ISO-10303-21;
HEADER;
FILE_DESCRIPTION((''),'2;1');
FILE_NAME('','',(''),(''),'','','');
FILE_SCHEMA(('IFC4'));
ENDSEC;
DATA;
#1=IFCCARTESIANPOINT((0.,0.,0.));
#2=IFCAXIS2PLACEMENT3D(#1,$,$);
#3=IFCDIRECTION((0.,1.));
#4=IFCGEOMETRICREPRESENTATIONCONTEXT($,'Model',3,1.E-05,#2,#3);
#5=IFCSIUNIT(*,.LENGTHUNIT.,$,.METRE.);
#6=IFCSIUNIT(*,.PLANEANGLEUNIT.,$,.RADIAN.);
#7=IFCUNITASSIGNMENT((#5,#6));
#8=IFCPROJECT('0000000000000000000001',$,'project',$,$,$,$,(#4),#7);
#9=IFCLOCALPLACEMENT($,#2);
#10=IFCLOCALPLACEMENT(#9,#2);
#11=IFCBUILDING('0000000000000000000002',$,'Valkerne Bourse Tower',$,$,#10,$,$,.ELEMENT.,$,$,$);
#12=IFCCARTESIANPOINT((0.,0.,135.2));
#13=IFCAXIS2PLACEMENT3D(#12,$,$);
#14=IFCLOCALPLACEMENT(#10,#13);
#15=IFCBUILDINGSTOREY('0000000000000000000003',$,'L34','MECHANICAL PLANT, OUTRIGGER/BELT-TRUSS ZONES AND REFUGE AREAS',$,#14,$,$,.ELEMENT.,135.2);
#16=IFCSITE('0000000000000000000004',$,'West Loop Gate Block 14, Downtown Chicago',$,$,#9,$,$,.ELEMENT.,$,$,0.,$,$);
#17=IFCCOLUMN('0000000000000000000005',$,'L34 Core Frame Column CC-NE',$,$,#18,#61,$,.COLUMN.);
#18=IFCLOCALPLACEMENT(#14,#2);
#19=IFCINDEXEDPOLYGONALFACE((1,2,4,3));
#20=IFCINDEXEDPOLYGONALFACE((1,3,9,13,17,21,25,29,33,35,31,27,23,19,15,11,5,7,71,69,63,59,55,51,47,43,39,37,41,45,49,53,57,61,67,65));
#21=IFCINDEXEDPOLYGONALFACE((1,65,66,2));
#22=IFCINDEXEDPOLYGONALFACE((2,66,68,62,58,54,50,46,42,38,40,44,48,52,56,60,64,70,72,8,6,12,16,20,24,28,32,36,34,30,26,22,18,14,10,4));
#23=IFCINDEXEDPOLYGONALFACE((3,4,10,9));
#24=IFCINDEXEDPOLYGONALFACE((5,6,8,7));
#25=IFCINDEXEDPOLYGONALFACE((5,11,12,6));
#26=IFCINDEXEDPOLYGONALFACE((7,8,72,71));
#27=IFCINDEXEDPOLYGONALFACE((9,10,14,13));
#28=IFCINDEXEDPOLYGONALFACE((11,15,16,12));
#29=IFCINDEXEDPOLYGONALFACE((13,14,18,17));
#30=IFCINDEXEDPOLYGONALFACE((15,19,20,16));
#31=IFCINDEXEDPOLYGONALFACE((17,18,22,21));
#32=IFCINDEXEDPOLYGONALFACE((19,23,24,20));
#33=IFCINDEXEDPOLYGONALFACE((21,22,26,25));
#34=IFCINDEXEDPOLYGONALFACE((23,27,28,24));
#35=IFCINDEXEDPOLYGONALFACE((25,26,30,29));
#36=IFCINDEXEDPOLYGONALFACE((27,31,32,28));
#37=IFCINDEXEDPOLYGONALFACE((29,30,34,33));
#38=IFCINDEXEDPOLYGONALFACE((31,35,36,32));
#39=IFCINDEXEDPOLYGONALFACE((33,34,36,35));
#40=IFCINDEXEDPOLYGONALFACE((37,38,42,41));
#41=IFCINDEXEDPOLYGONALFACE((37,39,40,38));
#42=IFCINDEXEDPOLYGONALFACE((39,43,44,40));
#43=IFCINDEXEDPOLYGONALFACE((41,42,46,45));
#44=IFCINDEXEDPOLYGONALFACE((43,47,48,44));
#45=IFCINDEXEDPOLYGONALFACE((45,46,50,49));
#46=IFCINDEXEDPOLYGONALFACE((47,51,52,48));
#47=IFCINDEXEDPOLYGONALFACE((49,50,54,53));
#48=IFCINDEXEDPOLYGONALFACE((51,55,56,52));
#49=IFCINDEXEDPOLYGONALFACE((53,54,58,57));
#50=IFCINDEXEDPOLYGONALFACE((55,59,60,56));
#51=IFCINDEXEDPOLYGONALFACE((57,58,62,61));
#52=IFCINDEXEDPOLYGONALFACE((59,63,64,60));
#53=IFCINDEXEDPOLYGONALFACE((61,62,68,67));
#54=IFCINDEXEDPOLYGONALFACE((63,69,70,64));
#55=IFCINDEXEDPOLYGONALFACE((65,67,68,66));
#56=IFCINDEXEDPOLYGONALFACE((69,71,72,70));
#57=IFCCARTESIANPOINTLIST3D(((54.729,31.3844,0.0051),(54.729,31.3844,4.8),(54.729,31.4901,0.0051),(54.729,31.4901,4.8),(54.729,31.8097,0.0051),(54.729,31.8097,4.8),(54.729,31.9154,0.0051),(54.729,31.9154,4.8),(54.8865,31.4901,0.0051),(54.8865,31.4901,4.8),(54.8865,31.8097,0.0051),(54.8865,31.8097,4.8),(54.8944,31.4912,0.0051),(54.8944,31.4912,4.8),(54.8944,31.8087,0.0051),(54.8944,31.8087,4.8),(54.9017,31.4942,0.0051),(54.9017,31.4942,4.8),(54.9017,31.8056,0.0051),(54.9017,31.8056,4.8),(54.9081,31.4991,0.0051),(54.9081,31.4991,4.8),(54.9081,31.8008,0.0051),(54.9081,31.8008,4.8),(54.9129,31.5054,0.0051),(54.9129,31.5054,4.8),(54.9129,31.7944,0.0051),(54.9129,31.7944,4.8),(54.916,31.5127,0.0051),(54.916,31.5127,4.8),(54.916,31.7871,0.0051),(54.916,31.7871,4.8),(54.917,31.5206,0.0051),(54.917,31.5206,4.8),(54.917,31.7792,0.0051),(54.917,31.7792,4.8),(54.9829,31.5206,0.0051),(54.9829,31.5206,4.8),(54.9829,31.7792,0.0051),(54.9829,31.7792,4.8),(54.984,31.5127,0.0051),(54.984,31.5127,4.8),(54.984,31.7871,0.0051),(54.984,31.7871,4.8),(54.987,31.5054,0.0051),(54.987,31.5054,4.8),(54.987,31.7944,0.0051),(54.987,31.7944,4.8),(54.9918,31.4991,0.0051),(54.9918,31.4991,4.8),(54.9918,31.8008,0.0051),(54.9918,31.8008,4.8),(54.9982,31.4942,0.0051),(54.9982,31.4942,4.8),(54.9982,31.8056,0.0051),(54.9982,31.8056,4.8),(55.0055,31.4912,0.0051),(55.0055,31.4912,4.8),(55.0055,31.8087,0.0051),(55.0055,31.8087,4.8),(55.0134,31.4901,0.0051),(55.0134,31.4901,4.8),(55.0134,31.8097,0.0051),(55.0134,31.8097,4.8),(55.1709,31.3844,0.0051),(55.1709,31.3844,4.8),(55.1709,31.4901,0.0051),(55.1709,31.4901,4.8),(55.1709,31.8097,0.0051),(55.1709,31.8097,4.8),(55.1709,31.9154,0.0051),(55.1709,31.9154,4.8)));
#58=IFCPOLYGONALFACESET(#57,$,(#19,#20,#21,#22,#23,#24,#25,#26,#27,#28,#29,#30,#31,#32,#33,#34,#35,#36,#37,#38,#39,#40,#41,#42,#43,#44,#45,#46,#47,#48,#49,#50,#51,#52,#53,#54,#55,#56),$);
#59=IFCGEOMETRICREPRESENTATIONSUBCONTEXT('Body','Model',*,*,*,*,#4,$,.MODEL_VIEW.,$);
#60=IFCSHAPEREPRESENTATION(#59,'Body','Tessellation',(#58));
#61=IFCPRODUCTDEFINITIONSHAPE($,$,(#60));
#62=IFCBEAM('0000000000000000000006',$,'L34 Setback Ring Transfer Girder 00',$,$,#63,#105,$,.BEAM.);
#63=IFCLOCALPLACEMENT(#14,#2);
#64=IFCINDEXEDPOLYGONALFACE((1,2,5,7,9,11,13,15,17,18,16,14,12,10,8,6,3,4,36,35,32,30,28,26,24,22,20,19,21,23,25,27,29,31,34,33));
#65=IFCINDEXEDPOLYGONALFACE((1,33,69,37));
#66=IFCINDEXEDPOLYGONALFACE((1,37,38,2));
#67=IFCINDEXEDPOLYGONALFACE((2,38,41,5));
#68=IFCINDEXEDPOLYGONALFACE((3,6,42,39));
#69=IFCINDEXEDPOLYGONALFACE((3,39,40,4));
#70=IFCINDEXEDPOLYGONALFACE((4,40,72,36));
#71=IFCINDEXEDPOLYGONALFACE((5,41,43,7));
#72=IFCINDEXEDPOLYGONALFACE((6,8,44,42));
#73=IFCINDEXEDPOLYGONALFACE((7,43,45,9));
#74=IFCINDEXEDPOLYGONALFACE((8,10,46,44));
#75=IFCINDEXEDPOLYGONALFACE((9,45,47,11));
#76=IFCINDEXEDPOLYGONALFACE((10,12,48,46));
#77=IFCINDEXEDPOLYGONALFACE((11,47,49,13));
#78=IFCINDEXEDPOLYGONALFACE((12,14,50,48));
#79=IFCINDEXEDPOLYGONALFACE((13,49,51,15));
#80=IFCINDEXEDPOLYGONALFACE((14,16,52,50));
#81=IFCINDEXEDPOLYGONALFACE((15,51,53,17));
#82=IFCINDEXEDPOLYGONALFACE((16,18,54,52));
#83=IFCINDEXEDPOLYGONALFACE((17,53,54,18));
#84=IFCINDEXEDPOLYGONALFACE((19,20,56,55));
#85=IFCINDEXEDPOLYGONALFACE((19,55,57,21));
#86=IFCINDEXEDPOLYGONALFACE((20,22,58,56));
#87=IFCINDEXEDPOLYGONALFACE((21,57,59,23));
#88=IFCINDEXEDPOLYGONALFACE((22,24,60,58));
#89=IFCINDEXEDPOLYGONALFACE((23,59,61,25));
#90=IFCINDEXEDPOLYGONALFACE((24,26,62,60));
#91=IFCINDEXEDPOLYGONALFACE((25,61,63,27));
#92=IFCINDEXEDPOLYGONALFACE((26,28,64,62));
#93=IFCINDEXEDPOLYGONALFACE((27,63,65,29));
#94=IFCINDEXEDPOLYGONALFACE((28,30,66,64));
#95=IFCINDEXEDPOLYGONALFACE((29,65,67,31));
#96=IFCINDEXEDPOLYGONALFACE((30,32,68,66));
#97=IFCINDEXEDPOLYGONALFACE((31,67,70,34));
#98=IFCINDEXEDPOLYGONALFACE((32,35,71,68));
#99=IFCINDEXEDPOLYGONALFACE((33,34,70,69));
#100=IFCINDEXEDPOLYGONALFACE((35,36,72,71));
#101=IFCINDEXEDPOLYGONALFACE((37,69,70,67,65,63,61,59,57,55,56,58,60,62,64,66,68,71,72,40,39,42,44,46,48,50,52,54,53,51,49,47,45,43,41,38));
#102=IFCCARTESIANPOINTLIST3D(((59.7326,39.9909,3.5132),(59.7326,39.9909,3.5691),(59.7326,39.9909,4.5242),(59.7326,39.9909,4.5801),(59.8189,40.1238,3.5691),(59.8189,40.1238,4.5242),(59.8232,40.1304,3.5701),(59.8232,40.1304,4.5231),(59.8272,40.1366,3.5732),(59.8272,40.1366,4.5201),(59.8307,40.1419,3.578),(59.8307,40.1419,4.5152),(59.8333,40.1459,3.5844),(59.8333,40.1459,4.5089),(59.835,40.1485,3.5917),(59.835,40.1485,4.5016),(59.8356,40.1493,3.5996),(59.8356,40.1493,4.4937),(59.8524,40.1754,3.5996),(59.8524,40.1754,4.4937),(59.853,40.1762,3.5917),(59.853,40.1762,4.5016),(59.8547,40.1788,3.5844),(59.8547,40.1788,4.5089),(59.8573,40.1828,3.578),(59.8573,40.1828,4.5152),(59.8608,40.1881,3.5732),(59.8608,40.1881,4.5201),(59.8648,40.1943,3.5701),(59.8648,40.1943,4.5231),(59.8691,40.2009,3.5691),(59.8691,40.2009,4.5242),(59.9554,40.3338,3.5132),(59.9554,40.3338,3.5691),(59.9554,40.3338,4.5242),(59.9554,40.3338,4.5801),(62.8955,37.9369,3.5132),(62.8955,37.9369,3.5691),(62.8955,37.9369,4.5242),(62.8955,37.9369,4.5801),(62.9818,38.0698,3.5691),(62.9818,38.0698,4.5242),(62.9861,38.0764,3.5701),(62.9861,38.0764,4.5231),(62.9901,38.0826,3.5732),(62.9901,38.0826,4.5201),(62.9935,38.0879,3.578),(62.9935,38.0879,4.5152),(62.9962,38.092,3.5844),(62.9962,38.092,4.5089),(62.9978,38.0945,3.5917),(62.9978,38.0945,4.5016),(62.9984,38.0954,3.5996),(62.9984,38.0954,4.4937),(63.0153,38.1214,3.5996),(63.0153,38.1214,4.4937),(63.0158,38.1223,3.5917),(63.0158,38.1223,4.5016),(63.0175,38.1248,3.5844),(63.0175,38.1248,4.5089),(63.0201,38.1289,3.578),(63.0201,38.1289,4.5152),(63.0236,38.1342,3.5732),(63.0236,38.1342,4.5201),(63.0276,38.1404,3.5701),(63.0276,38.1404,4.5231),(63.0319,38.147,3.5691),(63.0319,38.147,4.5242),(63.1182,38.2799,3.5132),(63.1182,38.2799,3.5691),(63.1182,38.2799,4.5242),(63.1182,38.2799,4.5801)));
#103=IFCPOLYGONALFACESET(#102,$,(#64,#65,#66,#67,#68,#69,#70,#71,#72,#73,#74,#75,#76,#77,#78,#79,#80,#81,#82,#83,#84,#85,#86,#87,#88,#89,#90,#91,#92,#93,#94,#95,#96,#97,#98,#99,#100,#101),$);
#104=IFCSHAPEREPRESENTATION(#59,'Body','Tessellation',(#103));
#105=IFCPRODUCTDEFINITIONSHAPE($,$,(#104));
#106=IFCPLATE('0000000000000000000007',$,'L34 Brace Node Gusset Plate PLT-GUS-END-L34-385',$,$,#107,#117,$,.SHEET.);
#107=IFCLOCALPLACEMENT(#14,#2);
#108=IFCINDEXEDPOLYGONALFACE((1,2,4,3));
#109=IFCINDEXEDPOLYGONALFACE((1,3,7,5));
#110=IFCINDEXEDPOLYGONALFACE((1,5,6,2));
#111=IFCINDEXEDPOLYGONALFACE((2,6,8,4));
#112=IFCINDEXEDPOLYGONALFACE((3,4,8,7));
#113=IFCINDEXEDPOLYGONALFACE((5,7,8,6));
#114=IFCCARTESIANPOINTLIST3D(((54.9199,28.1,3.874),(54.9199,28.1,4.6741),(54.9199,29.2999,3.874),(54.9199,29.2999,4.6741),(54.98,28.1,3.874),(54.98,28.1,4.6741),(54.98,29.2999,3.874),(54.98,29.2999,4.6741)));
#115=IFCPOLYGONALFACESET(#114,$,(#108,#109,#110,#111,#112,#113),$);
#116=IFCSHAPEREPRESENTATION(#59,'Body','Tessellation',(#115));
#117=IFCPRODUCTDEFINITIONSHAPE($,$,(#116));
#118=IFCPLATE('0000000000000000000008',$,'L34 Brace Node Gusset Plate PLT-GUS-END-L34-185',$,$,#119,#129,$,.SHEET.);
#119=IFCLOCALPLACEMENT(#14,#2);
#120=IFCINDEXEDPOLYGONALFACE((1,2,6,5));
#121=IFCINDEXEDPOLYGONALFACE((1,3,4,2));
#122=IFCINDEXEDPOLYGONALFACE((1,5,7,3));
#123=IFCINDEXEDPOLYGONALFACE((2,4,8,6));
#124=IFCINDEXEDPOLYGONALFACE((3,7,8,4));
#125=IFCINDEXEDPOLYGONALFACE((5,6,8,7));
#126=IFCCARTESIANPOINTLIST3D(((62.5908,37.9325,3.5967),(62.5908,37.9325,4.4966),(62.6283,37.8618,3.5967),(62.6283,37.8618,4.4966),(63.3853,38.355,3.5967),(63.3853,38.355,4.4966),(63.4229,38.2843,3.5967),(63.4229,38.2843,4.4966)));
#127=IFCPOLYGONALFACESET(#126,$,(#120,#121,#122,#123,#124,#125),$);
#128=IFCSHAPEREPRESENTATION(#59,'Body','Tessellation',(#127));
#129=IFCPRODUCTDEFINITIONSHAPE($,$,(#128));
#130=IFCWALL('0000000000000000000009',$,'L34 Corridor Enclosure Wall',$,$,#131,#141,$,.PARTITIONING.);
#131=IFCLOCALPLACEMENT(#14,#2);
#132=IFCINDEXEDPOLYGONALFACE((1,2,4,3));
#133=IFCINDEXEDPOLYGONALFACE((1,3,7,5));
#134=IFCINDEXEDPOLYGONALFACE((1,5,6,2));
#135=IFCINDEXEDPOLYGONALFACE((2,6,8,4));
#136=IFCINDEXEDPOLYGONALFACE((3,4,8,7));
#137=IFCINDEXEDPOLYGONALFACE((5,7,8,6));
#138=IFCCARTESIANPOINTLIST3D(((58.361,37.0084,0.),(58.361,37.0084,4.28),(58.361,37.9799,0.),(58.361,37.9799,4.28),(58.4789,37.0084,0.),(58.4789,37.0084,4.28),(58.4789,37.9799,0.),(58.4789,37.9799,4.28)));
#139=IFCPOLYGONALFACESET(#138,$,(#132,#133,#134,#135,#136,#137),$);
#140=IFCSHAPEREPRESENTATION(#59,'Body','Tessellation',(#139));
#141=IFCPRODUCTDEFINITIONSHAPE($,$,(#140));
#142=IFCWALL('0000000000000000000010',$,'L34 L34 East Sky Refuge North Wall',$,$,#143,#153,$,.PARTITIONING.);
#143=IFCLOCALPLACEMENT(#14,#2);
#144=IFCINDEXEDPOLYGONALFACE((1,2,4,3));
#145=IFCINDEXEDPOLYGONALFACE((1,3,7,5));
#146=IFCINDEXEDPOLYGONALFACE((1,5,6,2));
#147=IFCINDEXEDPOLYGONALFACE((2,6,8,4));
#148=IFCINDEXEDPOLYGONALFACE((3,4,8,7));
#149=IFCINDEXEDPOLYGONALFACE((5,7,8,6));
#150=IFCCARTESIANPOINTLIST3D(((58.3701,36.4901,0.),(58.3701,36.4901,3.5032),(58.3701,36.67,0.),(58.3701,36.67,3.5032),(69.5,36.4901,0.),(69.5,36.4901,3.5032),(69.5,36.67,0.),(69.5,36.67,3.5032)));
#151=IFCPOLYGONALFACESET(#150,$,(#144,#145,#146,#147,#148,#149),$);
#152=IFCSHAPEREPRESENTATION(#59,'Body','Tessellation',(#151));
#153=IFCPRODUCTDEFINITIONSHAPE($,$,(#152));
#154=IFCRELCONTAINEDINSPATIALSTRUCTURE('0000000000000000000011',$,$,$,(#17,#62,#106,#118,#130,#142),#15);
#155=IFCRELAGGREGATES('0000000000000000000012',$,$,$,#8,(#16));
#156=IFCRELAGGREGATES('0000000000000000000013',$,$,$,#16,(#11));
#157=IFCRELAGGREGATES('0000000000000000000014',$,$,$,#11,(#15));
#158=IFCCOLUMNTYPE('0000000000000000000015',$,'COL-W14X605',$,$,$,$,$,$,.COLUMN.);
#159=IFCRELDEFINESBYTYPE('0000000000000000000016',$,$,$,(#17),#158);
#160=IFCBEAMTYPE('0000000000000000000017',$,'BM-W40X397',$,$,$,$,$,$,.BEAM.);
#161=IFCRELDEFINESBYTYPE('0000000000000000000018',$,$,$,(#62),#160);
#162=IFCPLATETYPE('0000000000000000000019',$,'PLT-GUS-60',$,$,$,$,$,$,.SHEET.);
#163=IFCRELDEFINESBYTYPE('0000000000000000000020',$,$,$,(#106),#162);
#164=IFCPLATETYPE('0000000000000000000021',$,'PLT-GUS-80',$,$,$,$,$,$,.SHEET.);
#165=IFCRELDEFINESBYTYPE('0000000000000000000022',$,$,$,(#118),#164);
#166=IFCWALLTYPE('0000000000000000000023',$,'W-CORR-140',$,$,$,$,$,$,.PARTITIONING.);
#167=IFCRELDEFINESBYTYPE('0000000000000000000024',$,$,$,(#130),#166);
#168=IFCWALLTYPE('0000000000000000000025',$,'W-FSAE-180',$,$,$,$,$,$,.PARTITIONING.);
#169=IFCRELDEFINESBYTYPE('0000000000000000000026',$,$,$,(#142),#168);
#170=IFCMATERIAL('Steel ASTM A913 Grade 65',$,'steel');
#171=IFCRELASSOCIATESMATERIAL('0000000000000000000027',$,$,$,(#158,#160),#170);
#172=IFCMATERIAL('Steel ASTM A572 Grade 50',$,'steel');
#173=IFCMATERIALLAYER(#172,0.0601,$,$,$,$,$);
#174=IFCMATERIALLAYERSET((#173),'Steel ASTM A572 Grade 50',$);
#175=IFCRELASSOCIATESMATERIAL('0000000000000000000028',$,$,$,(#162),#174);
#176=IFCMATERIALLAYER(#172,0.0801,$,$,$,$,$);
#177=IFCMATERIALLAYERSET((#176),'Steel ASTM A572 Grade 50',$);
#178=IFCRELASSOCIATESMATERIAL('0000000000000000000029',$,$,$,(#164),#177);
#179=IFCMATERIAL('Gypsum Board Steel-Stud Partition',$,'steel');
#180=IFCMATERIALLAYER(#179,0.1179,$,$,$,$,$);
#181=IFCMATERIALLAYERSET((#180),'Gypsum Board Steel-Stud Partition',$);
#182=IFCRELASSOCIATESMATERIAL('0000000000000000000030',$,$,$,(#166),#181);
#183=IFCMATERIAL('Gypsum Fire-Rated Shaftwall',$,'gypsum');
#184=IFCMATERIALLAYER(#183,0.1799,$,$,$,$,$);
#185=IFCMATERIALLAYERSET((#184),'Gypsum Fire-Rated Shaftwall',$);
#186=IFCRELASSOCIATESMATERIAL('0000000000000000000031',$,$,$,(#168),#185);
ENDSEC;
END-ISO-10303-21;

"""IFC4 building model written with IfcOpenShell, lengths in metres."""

from ifc_helpers import new_model, si_unit, direction, frame, frame_2d, origin, origin_2d, place, context, subcontext, project, spatial, rectangle, i_section, extrude, material, layer, layer_set, material_profile, profile_set, type_object, element, save


model = new_model("IFC4")

# Units and contexts
model_context = context("Model", 3, precision=1e-05, world=origin(), true_north=direction((0.0, 1.0)))
body_context = subcontext(model_context, "Body", "Model", "MODEL_VIEW")
ifc_project = project(units=[si_unit("LENGTHUNIT", "METRE"), si_unit("PLANEANGLEUNIT", "RADIAN")], contexts=[model_context])

# Site, building, storey
site_placement = place(None, origin())
site = spatial("IfcSite", under=ifc_project, at=site_placement, Name="West Loop Gate Block 14, Downtown Chicago", CompositionType="ELEMENT", RefElevation=0.0)
building_placement = place(site_placement, origin())
building = spatial("IfcBuilding", under=site, at=building_placement, Name="Valkerne Bourse Tower", CompositionType="ELEMENT")
storey_placement = place(building_placement, frame((0.0, 0.0, 135.2)))
storey = spatial("IfcBuildingStorey", under=building, at=storey_placement, Name="L34", Description="MECHANICAL PLANT, OUTRIGGER/BELT-TRUSS ZONES AND REFUGE AREAS", CompositionType="ELEMENT", Elevation=135.2)

# Column
ifc_material_1 = material(Name="Steel ASTM A913 Grade 65", Category="steel")
ifc_material_profile_1 = material_profile(ifc_material_1, i_section(OverallWidth=0.4419, OverallDepth=0.531, WebThickness=0.0659, FlangeThickness=0.1057, FilletRadius=0.0305, at=origin_2d()), Name="W14X605")
ifc_profile_set_1 = profile_set([ifc_material_profile_1], Name="Steel ASTM A913 Grade 65")
column_type = type_object("IfcColumnType", Name="COL-W14X605", PredefinedType="COLUMN", material=ifc_profile_set_1)
column_placement = place(storey_placement, frame((54.95, 31.6499, 0.0051), z_axis=(0.0, 0.0, 1.0), x_axis=(1.0, 0.0, 0.0)))
element("IfcColumn", 1, at=column_placement, inside=storey, type_object=column_type, Name="L34 Core Frame Column CC-NE", PredefinedType="COLUMN", context=body_context, shape_type="SweptSolid", body=[
    extrude(i_section(OverallWidth=0.4419, OverallDepth=0.531, WebThickness=0.0659, FlangeThickness=0.1057, FilletRadius=0.0305, at=origin_2d()), origin(), (0.0, 0.0, 1.0), 4.7949),
])

# Beam
ifc_material_profile_2 = material_profile(ifc_material_1, i_section(OverallWidth=0.4089, OverallDepth=1.0669, WebThickness=0.031, FlangeThickness=0.0559, FilletRadius=0.0305, at=origin_2d()), Name="W40X397")
ifc_profile_set_2 = profile_set([ifc_material_profile_2], Name="Steel ASTM A913 Grade 65")
beam_type = type_object("IfcBeamType", Name="BM-W40X397", PredefinedType="BEAM", material=ifc_profile_set_2)
beam_placement = place(storey_placement, frame((63.0068, 38.1084, 4.0466), z_axis=(-0.838673, 0.544636, 0.0), x_axis=(-0.544636, -0.838673, 0.0)))
element("IfcBeam", 2, at=beam_placement, inside=storey, type_object=beam_type, Name="L34 Setback Ring Transfer Girder 00", PredefinedType="BEAM", context=body_context, shape_type="SweptSolid", body=[
    extrude(i_section(OverallWidth=0.4089, OverallDepth=1.0669, WebThickness=0.031, FlangeThickness=0.0559, FilletRadius=0.0305, at=origin_2d()), origin(), (0.0, 0.0, 1.0), 3.7712),
])

# Plates
ifc_material_2 = material(Name="Steel ASTM A572 Grade 50", Category="steel")
ifc_layer_1 = layer(ifc_material_2, 0.0601)
ifc_layer_set_1 = layer_set([ifc_layer_1], Name="Steel ASTM A572 Grade 50")
plate_type_1 = type_object("IfcPlateType", Name="PLT-GUS-60", PredefinedType="SHEET", material=ifc_layer_set_1)
plate_1_placement = place(storey_placement, frame((54.95, 28.7, 3.874), z_axis=(0.0, 0.0, 1.0), x_axis=(0.0, 1.0, 0.0)))
element("IfcPlate", 3, at=plate_1_placement, inside=storey, type_object=plate_type_1, Name="L34 Brace Node Gusset Plate PLT-GUS-END-L34-385", PredefinedType="SHEET", context=body_context, shape_type="SweptSolid", body=[
    extrude(rectangle(XDim=1.2, YDim=0.0601, at=origin_2d()), origin(), (0.0, 0.0, 1.0), 0.8),
])
ifc_layer_2 = layer(ifc_material_2, 0.0801)
ifc_layer_set_2 = layer_set([ifc_layer_2], Name="Steel ASTM A572 Grade 50")
plate_type_2 = type_object("IfcPlateType", Name="PLT-GUS-80", PredefinedType="SHEET", material=ifc_layer_set_2)
plate_2_placement = place(storey_placement, frame((63.0068, 38.1084, 3.5967), z_axis=(0.0, 0.0, 1.0), x_axis=(-0.882948, -0.469472, 0.0)))
element("IfcPlate", 4, at=plate_2_placement, inside=storey, type_object=plate_type_2, Name="L34 Brace Node Gusset Plate PLT-GUS-END-L34-185", PredefinedType="SHEET", context=body_context, shape_type="SweptSolid", body=[
    extrude(rectangle(XDim=0.8999, YDim=0.0801, at=origin_2d()), origin(), (0.0, 0.0, 1.0), 0.8999),
])

# Walls
ifc_material_3 = material(Name="Gypsum Board Steel-Stud Partition", Category="steel")
ifc_layer_3 = layer(ifc_material_3, 0.1179)
ifc_layer_set_3 = layer_set([ifc_layer_3], Name="Gypsum Board Steel-Stud Partition")
wall_type_1 = type_object("IfcWallType", Name="W-CORR-140", PredefinedType="PARTITIONING", material=ifc_layer_set_3)
wall_1_placement = place(storey_placement, frame((58.4199, 37.98, 0.0), z_axis=(0.0, 0.0, 1.0), x_axis=(0.0, -1.0, 0.0)))
element("IfcWall", 5, at=wall_1_placement, inside=storey, type_object=wall_type_1, Name="L34 Corridor Enclosure Wall", PredefinedType="PARTITIONING", context=body_context, shape_type="SweptSolid", body=[
    extrude(rectangle(XDim=0.9714, YDim=0.1179, at=frame_2d((0.4858, 0.0))), origin(), (0.0, 0.0, 1.0), 4.28),
])
ifc_material_4 = material(Name="Gypsum Fire-Rated Shaftwall", Category="gypsum")
ifc_layer_4 = layer(ifc_material_4, 0.1799)
ifc_layer_set_4 = layer_set([ifc_layer_4], Name="Gypsum Fire-Rated Shaftwall")
wall_type_2 = type_object("IfcWallType", Name="W-FSAE-180", PredefinedType="PARTITIONING", material=ifc_layer_set_4)
wall_2_placement = place(storey_placement, frame((58.3701, 36.5801, 0.0), z_axis=(0.0, 0.0, 1.0), x_axis=(1.0, 0.0, 0.0)))
element("IfcWall", 6, at=wall_2_placement, inside=storey, type_object=wall_type_2, Name="L34 L34 East Sky Refuge North Wall", PredefinedType="PARTITIONING", context=body_context, shape_type="SweptSolid", body=[
    extrude(rectangle(XDim=11.1299, YDim=0.1799, at=frame_2d((5.5649, 0.0))), origin(), (0.0, 0.0, 1.0), 3.5032),
])

save(model, "model.ifc")
